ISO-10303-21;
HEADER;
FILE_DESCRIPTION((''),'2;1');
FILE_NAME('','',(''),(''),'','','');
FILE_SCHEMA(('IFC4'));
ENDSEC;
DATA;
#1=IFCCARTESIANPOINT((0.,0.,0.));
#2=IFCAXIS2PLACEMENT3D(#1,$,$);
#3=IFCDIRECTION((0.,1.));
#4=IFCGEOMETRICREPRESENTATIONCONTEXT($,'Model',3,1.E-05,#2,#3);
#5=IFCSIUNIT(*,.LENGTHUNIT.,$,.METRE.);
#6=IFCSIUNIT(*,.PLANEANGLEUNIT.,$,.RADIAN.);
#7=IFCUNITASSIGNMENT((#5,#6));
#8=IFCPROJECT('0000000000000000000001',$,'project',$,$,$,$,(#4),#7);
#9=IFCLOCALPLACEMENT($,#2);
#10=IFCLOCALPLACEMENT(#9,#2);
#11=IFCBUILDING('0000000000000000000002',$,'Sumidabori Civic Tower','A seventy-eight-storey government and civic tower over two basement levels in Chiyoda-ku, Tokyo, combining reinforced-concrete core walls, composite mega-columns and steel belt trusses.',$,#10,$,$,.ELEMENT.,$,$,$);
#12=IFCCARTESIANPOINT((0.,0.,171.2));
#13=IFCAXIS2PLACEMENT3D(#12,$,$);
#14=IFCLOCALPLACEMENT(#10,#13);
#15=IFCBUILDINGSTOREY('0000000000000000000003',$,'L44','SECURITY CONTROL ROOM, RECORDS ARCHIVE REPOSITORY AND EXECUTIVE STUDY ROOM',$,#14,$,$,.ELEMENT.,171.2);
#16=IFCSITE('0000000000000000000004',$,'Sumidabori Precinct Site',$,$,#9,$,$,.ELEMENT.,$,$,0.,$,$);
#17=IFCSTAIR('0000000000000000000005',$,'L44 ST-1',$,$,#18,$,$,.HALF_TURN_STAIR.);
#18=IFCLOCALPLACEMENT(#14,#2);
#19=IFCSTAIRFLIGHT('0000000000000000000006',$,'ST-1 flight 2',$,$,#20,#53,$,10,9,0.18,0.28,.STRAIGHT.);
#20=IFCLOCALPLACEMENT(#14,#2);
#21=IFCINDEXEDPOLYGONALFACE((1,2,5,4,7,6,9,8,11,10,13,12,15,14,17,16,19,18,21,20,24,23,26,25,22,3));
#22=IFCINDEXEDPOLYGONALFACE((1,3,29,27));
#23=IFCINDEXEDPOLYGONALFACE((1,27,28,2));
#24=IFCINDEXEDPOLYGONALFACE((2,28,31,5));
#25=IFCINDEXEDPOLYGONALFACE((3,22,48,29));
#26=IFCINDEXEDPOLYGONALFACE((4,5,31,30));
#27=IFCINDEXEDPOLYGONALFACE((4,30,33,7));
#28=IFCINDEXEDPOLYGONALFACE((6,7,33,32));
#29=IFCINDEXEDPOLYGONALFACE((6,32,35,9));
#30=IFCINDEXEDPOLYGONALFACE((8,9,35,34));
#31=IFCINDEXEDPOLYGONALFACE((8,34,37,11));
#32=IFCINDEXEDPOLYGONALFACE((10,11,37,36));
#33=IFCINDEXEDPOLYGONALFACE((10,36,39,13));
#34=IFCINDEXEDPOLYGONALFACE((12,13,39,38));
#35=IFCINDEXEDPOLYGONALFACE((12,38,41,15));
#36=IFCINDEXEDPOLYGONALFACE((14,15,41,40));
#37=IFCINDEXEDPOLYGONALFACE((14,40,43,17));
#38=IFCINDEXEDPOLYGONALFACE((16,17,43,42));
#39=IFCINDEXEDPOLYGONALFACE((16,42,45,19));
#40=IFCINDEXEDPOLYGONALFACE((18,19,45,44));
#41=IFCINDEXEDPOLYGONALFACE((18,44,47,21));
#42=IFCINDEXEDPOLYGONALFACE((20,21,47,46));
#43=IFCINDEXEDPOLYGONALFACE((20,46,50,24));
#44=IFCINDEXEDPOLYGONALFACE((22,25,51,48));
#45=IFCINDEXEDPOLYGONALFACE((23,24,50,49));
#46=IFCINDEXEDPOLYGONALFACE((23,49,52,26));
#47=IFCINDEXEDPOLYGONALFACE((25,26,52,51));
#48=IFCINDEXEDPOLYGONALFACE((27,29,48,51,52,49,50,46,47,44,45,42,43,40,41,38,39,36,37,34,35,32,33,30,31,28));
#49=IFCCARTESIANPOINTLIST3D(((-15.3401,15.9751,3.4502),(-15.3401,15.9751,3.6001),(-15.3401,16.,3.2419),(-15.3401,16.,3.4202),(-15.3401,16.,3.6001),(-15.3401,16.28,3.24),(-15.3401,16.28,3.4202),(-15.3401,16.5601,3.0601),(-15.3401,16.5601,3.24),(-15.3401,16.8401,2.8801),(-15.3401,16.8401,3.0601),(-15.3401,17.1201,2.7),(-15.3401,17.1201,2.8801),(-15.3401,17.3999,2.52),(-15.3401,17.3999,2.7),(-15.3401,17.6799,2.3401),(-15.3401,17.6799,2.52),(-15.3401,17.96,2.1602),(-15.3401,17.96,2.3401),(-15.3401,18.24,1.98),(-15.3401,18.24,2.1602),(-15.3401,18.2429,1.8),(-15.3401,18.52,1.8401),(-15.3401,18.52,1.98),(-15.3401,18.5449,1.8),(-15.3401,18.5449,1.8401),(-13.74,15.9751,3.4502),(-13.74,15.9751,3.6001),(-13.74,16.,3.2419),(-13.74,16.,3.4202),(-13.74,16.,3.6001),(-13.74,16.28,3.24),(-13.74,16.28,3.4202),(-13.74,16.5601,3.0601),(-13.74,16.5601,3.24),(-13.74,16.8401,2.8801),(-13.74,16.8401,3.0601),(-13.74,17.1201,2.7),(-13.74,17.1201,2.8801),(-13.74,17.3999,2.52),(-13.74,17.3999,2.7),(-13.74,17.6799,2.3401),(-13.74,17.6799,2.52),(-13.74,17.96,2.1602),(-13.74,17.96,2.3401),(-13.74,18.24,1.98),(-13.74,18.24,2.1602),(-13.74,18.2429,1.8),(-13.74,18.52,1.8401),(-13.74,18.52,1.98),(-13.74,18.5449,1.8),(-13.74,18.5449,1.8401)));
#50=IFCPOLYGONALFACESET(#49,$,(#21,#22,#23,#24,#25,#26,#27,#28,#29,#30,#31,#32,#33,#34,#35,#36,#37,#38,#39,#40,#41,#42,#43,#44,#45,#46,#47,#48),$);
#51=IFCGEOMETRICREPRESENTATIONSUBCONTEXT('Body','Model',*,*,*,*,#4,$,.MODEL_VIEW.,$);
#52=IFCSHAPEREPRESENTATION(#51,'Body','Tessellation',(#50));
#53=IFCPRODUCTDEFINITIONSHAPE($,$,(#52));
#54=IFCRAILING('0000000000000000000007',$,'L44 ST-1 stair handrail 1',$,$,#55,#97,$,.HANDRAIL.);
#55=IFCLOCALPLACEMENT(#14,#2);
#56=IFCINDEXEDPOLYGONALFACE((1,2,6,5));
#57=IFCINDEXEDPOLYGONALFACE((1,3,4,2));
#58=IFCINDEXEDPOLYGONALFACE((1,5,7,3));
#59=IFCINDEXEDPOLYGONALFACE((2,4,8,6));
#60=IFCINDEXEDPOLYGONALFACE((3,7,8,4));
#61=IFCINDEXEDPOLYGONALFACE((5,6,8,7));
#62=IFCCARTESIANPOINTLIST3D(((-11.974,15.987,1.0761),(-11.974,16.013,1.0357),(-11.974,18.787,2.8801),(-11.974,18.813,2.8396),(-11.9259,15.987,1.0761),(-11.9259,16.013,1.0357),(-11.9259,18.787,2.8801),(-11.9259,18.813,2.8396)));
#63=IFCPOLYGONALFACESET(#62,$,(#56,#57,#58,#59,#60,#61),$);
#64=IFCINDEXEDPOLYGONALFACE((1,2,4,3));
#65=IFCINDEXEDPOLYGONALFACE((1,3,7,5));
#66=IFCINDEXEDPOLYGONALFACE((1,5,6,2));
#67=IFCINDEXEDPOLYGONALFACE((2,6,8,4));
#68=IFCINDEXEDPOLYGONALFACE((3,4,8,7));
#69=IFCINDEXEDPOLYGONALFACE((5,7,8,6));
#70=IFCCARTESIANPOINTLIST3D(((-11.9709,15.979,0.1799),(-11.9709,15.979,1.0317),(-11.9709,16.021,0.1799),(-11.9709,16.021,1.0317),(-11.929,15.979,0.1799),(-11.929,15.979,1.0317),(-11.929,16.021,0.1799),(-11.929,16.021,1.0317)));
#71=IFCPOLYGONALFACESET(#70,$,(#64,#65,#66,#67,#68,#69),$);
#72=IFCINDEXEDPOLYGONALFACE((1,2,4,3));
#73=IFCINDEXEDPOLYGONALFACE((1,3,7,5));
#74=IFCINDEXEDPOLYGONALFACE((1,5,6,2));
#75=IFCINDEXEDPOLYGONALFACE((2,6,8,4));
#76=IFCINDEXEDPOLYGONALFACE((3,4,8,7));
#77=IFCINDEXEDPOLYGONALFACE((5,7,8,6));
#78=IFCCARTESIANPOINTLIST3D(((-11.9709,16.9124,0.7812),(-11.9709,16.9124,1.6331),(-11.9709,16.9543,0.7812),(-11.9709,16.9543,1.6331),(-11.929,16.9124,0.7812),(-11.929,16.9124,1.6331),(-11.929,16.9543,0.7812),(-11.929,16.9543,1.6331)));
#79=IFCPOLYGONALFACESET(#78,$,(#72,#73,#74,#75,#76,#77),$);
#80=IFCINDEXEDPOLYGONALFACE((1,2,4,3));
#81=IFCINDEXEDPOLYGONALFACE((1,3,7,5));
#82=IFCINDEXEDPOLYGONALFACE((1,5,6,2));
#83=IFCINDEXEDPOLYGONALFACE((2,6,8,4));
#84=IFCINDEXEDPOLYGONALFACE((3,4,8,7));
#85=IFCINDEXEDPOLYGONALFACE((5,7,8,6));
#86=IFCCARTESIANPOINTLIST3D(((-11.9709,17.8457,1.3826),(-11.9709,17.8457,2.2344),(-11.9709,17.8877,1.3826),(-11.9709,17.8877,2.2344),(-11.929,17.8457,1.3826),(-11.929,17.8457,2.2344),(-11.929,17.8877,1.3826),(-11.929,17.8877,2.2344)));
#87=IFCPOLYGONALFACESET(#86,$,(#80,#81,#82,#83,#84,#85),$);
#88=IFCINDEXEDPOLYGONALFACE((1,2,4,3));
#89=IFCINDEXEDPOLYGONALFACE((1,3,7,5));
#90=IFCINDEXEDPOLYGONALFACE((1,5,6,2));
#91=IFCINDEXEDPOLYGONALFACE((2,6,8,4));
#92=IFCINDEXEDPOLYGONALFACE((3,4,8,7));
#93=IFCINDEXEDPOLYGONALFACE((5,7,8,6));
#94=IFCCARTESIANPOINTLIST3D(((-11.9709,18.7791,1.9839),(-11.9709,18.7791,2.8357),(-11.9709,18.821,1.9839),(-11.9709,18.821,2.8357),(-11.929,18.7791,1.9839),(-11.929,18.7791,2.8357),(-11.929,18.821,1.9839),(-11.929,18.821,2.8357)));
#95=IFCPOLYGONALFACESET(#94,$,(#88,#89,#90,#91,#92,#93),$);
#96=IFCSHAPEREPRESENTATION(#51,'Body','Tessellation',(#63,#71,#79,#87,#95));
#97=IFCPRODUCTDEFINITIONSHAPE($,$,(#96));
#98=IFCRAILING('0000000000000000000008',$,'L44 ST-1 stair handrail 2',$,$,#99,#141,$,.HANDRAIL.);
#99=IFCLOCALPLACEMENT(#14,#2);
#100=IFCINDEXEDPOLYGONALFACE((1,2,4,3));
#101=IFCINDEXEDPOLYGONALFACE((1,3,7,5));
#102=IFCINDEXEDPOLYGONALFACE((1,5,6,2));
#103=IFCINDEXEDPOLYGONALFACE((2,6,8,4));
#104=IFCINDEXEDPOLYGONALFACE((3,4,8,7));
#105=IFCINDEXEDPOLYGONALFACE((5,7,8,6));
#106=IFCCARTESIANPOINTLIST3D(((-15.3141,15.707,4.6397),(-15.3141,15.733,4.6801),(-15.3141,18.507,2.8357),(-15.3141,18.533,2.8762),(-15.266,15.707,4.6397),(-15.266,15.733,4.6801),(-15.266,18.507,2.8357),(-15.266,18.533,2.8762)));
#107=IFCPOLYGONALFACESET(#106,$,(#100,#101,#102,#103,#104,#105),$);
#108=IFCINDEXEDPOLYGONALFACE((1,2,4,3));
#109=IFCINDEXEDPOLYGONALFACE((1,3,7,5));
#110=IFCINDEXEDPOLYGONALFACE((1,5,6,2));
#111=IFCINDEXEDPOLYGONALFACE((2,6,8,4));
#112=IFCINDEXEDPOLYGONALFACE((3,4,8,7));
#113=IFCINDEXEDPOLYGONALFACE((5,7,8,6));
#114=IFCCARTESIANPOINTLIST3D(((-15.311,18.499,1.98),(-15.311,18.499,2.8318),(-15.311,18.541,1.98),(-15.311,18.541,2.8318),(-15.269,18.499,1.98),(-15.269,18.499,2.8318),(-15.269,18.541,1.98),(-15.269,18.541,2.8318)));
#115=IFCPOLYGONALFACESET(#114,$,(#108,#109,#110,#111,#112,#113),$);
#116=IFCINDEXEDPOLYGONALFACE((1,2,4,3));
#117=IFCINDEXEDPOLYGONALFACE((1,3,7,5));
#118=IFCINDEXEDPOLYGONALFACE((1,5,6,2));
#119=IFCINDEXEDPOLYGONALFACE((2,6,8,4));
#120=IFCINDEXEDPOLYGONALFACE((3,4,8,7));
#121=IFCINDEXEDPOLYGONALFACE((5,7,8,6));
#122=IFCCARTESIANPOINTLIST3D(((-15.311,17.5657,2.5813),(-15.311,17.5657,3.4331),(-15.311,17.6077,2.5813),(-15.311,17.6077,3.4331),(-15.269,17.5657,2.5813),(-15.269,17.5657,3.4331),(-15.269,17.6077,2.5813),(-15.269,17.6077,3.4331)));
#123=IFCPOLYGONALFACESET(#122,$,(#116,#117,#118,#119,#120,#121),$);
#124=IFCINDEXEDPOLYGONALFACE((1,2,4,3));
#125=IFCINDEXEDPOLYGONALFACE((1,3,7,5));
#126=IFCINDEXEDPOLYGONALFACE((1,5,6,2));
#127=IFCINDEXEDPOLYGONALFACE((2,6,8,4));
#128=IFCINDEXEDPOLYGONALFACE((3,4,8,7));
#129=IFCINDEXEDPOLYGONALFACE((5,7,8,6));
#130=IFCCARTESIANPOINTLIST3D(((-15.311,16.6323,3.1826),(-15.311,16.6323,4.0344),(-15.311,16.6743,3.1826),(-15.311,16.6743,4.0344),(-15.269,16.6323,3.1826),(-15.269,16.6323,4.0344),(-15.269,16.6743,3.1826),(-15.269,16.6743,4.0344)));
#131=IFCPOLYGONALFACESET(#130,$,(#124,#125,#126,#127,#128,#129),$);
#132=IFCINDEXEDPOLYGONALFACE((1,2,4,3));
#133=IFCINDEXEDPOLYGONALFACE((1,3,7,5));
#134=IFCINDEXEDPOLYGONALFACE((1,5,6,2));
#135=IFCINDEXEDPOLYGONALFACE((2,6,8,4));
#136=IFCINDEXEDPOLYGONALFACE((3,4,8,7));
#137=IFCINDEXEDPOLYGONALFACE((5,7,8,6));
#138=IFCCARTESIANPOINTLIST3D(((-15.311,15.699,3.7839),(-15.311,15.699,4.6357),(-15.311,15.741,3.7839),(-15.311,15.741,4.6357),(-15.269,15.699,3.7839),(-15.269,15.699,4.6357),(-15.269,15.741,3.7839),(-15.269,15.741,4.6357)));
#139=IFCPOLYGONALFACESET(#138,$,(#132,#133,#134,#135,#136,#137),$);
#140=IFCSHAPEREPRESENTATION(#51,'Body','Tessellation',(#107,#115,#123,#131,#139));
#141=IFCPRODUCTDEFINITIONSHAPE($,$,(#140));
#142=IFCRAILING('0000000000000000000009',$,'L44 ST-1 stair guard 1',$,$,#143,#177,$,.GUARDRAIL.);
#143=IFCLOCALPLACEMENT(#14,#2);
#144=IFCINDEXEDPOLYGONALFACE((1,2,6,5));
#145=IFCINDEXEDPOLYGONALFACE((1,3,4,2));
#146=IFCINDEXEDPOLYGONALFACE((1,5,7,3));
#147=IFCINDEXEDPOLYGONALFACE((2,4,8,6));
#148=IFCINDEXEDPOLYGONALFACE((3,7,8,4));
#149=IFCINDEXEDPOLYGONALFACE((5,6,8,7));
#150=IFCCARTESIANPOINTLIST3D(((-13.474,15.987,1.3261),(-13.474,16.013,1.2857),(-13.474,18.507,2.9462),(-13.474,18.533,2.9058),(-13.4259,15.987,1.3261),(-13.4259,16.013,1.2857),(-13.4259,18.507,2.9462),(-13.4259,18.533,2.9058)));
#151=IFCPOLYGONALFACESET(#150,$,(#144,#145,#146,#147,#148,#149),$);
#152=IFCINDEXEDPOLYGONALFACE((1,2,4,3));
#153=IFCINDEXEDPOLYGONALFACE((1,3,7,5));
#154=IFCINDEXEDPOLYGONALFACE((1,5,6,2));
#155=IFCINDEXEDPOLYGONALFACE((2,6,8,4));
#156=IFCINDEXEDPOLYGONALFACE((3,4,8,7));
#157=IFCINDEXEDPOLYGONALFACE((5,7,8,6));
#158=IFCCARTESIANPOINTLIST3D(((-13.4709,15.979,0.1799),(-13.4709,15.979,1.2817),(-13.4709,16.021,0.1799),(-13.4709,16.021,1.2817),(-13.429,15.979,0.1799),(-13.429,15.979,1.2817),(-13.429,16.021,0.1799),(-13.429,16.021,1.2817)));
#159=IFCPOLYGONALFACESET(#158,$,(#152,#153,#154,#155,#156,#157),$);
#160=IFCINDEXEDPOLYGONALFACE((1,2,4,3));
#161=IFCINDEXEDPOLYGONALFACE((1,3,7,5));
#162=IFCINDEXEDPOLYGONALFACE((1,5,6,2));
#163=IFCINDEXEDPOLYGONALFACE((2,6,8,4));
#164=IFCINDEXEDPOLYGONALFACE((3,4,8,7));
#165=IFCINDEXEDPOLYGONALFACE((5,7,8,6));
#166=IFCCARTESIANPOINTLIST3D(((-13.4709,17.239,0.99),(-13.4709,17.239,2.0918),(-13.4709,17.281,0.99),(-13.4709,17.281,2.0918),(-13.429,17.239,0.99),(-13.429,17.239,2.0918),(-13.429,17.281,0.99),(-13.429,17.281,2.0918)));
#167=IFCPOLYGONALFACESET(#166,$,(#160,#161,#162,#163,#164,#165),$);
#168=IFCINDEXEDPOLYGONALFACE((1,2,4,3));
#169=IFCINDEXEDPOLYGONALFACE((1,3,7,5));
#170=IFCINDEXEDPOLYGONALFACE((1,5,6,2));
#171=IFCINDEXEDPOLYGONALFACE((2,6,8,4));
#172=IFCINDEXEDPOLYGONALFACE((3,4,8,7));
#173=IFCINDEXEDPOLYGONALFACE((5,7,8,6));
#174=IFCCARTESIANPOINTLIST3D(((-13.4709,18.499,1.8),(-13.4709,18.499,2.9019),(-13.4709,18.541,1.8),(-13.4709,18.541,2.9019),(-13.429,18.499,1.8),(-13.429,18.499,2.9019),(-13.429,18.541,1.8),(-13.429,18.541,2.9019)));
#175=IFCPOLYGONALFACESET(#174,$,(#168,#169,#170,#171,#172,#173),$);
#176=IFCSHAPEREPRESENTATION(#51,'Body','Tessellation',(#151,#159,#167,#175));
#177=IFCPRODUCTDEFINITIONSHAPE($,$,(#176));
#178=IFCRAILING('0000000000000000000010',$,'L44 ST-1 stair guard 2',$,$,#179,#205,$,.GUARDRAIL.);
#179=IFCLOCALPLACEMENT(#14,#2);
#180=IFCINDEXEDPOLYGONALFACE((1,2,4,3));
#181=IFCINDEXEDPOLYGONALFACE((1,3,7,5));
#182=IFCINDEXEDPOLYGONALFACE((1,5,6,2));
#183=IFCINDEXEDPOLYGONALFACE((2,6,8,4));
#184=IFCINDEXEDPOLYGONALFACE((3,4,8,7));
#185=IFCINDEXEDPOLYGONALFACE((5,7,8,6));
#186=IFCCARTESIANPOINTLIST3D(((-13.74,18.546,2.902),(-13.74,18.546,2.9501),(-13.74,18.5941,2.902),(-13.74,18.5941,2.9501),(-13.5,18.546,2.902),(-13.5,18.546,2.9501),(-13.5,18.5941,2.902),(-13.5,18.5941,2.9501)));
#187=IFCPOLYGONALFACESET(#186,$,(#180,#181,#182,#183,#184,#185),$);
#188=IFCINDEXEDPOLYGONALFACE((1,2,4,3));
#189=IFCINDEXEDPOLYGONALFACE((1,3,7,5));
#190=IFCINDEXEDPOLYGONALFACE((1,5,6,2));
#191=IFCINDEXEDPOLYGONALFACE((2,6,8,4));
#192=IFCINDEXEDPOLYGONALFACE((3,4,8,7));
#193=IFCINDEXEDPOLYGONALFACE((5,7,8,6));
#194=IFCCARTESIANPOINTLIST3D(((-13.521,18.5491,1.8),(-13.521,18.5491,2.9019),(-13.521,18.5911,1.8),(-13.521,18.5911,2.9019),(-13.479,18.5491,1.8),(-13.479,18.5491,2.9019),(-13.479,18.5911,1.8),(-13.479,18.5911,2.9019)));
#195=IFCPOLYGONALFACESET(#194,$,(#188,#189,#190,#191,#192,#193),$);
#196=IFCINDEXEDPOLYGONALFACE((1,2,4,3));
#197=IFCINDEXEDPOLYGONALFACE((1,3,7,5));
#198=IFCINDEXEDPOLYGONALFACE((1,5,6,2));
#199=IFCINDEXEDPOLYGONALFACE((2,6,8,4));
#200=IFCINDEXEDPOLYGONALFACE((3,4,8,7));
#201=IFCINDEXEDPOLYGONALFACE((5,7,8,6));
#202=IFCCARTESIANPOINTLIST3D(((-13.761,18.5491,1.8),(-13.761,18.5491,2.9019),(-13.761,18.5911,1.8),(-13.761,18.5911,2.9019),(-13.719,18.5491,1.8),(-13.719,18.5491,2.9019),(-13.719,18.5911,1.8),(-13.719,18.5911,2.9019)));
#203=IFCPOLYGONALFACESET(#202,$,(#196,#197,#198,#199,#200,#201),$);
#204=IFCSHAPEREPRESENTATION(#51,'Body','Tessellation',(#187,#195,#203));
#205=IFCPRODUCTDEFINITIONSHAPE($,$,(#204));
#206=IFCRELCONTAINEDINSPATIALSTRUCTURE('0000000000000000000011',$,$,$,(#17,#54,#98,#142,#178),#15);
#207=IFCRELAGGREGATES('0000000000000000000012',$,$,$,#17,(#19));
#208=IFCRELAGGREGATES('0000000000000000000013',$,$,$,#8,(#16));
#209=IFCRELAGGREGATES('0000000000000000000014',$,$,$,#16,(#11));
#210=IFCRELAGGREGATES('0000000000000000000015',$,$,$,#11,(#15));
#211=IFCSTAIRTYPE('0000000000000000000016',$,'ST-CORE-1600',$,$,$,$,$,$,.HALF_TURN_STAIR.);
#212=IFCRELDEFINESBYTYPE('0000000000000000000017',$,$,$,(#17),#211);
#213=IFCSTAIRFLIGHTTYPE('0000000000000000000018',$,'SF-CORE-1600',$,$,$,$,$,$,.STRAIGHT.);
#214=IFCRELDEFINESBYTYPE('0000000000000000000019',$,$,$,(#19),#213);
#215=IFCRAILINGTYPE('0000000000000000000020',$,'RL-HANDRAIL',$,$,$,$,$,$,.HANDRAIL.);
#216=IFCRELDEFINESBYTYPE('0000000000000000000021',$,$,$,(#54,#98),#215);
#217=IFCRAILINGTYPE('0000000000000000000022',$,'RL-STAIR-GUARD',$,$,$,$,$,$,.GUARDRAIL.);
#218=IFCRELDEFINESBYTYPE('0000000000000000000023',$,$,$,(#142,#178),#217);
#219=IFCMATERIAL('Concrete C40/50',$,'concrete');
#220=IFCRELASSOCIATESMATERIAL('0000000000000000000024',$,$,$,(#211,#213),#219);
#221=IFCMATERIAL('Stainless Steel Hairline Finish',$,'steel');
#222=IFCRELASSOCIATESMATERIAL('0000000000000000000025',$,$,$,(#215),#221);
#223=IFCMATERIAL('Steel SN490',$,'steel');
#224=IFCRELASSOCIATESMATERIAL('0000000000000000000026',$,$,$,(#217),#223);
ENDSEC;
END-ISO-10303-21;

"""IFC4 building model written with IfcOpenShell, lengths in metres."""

from ifc_helpers import new_model, si_unit, direction, frame, origin, origin_2d, place, context, subcontext, project, spatial, polyline, rectangle, outline, extrude, source, transform, mapped, material, type_object, element, aggregate, save


model = new_model("IFC4")

# Units and contexts
model_context = context("Model", 3, precision=1e-05, world=origin(), true_north=direction((0.0, 1.0)))
body_context = subcontext(model_context, "Body", "Model", "MODEL_VIEW")
ifc_project = project(units=[si_unit("LENGTHUNIT", "METRE"), si_unit("PLANEANGLEUNIT", "RADIAN")], contexts=[model_context])

# Site, building, storey
site_placement = place(None, origin())
site = spatial("IfcSite", under=ifc_project, at=site_placement, Name="Sumidabori Precinct Site", CompositionType="ELEMENT", RefElevation=0.0)
building_placement = place(site_placement, origin())
building = spatial("IfcBuilding", under=site, at=building_placement, Name="Sumidabori Civic Tower", Description="A seventy-eight-storey government and civic tower over two basement levels in Chiyoda-ku, Tokyo, combining reinforced-concrete core walls, composite mega-columns and steel belt trusses.", CompositionType="ELEMENT")
storey_placement = place(building_placement, frame((0.0, 0.0, 171.2)))
storey = spatial("IfcBuildingStorey", under=building, at=storey_placement, Name="L44", Description="SECURITY CONTROL ROOM, RECORDS ARCHIVE REPOSITORY AND EXECUTIVE STUDY ROOM", CompositionType="ELEMENT", Elevation=171.2)

# Shared definitions
ifc_material_1 = material(Name="Steel SN490", Category="steel")

# Stair, stair flight
ifc_material_2 = material(Name="Concrete C40/50", Category="concrete")
stair_type = type_object("IfcStairType", Name="ST-CORE-1600", PredefinedType="HALF_TURN_STAIR", material=ifc_material_2)
stair_placement = place(storey_placement, origin())
stair = element("IfcStair", 1, at=stair_placement, inside=storey, type_object=stair_type, Name="L44 ST-1", PredefinedType="HALF_TURN_STAIR")
stair_flight_type = type_object("IfcStairFlightType", Name="SF-CORE-1600", PredefinedType="STRAIGHT", material=ifc_material_2)
shared_shape_1 = source(origin(), body_context, "Body", "SweptSolid", [
    extrude(outline(polyline([(-0.0249, 0.0), (-0.0249, 0.04), (0.0, 0.04), (0.0, 0.1799), (0.28, 0.1799), (0.28, 0.3601), (0.5601, 0.3601), (0.5601, 0.54), (0.8401, 0.54), (0.8401, 0.72), (1.1201, 0.72), (1.1201, 0.8999), (1.3999, 0.8999), (1.3999, 1.0801), (1.6799, 1.0801), (1.6799, 1.26), (1.96, 1.26), (1.96, 1.4399), (2.24, 1.4399), (2.24, 1.6201), (2.52, 1.6201), (2.52, 1.8), (2.5449, 1.8), (2.5449, 1.6501), (2.52, 1.4419), (0.2771, 0.0), (-0.0249, 0.0)])), frame((0.0, 0.8, 0.0), z_axis=(0.0, -1.0, 0.0), x_axis=(1.0, 0.0, 0.0)), (0.0, 0.0, 1.0), 1.6001),
])
stair_flight_1_placement = place(storey_placement, frame((-14.54, 18.52, 1.8), z_axis=(0.0, 0.0, 1.0), x_axis=(0.0, -1.0, 0.0)))
stair_flight_1 = element("IfcStairFlight", 2, at=stair_flight_1_placement, type_object=stair_flight_type, Name="ST-1 flight 2", NumberOfRisers=10, NumberOfTreads=9, PredefinedType="STRAIGHT", RiserHeight=0.18, TreadLength=0.28, context=body_context, shape_type="MappedRepresentation", body=[
    mapped(shared_shape_1, transform((0.0, 0.0, 0.0), x_axis=(1.0, 0.0, 0.0), y_axis=(0.0, 1.0, 0.0), z_axis=(0.0, 0.0, 1.0), scale=1.0)),
])
aggregate(stair, [stair_flight_1])

# Railings
ifc_material_3 = material(Name="Stainless Steel Hairline Finish", Category="steel")
railing_type_1 = type_object("IfcRailingType", Name="RL-HANDRAIL", PredefinedType="HANDRAIL", material=ifc_material_3)
railing_1_placement = place(storey_placement, frame((-11.95, 16.0, 0.1799)))
element("IfcRailing", 3, at=railing_1_placement, inside=storey, type_object=railing_type_1, Name="L44 ST-1 stair handrail 1", PredefinedType="HANDRAIL", context=body_context, shape_type="SweptSolid", body=[
    extrude(rectangle(XDim=0.0481, YDim=0.0481, at=origin_2d()), frame((0.0, 0.0, 0.876), z_axis=(0.0, 0.840642, 0.541591), x_axis=(-1.0, 0.0, 0.0)), (0.0, 0.0, 1.0), 3.3308),
    extrude(rectangle(XDim=0.042, YDim=0.042, at=origin_2d()), origin(), (0.0, 0.0, 1.0), 0.8518),
    extrude(rectangle(XDim=0.042, YDim=0.042, at=origin_2d()), frame((0.0, 0.9333, 0.6013)), (0.0, 0.0, 1.0), 0.8518),
    extrude(rectangle(XDim=0.042, YDim=0.042, at=origin_2d()), frame((0.0, 1.8667, 1.2026)), (0.0, 0.0, 1.0), 0.8518),
    extrude(rectangle(XDim=0.042, YDim=0.042, at=origin_2d()), frame((0.0, 2.8, 1.804)), (0.0, 0.0, 1.0), 0.8518),
])
railing_2_placement = place(storey_placement, frame((-15.29, 18.52, 1.98)))
element("IfcRailing", 4, at=railing_2_placement, inside=storey, type_object=railing_type_1, Name="L44 ST-1 stair handrail 2", PredefinedType="HANDRAIL", context=body_context, shape_type="SweptSolid", body=[
    extrude(rectangle(XDim=0.0481, YDim=0.0481, at=origin_2d()), frame((0.0, 0.0, 0.876), z_axis=(0.0, -0.840642, 0.541591), x_axis=(1.0, 0.0, 0.0)), (0.0, 0.0, 1.0), 3.3308),
    extrude(rectangle(XDim=0.042, YDim=0.042, at=origin_2d()), origin(), (0.0, 0.0, 1.0), 0.8518),
    extrude(rectangle(XDim=0.042, YDim=0.042, at=origin_2d()), frame((0.0, -0.9333, 0.6013)), (0.0, 0.0, 1.0), 0.8518),
    extrude(rectangle(XDim=0.042, YDim=0.042, at=origin_2d()), frame((0.0, -1.8667, 1.2026)), (0.0, 0.0, 1.0), 0.8518),
    extrude(rectangle(XDim=0.042, YDim=0.042, at=origin_2d()), frame((0.0, -2.8, 1.804)), (0.0, 0.0, 1.0), 0.8518),
])
railing_type_2 = type_object("IfcRailingType", Name="RL-STAIR-GUARD", PredefinedType="GUARDRAIL", material=ifc_material_1)
railing_3_placement = place(storey_placement, frame((-13.45, 16.0, 0.1799)))
element("IfcRailing", 5, at=railing_3_placement, inside=storey, type_object=railing_type_2, Name="L44 ST-1 stair guard 1", PredefinedType="GUARDRAIL", context=body_context, shape_type="SweptSolid", body=[
    extrude(rectangle(XDim=0.0481, YDim=0.0481, at=origin_2d()), frame((0.0, 0.0, 1.126), z_axis=(0.0, 0.841163, 0.540782), x_axis=(-1.0, 0.0, 0.0)), (0.0, 0.0, 1.0), 2.9958),
    extrude(rectangle(XDim=0.042, YDim=0.042, at=origin_2d()), origin(), (0.0, 0.0, 1.0), 1.1018),
    extrude(rectangle(XDim=0.042, YDim=0.042, at=origin_2d()), frame((0.0, 1.26, 0.8101)), (0.0, 0.0, 1.0), 1.1018),
    extrude(rectangle(XDim=0.042, YDim=0.042, at=origin_2d()), frame((0.0, 2.52, 1.6201)), (0.0, 0.0, 1.0), 1.1018),
])
railing_4_placement = place(storey_placement, frame((-13.5, 18.5701, 1.8)))
element("IfcRailing", 6, at=railing_4_placement, inside=storey, type_object=railing_type_2, Name="L44 ST-1 stair guard 2", PredefinedType="GUARDRAIL", context=body_context, shape_type="SweptSolid", body=[
    extrude(rectangle(XDim=0.0481, YDim=0.0481, at=origin_2d()), frame((0.0, 0.0, 1.126), z_axis=(-1.0, 0.0, 0.0), x_axis=(0.0, -1.0, 0.0)), (0.0, 0.0, 1.0), 0.24),
    extrude(rectangle(XDim=0.042, YDim=0.042, at=origin_2d()), origin(), (0.0, 0.0, 1.0), 1.1018),
    extrude(rectangle(XDim=0.042, YDim=0.042, at=origin_2d()), frame((-0.24, 0.0, 0.0)), (0.0, 0.0, 1.0), 1.1018),
])

save(model, "model.ifc")
